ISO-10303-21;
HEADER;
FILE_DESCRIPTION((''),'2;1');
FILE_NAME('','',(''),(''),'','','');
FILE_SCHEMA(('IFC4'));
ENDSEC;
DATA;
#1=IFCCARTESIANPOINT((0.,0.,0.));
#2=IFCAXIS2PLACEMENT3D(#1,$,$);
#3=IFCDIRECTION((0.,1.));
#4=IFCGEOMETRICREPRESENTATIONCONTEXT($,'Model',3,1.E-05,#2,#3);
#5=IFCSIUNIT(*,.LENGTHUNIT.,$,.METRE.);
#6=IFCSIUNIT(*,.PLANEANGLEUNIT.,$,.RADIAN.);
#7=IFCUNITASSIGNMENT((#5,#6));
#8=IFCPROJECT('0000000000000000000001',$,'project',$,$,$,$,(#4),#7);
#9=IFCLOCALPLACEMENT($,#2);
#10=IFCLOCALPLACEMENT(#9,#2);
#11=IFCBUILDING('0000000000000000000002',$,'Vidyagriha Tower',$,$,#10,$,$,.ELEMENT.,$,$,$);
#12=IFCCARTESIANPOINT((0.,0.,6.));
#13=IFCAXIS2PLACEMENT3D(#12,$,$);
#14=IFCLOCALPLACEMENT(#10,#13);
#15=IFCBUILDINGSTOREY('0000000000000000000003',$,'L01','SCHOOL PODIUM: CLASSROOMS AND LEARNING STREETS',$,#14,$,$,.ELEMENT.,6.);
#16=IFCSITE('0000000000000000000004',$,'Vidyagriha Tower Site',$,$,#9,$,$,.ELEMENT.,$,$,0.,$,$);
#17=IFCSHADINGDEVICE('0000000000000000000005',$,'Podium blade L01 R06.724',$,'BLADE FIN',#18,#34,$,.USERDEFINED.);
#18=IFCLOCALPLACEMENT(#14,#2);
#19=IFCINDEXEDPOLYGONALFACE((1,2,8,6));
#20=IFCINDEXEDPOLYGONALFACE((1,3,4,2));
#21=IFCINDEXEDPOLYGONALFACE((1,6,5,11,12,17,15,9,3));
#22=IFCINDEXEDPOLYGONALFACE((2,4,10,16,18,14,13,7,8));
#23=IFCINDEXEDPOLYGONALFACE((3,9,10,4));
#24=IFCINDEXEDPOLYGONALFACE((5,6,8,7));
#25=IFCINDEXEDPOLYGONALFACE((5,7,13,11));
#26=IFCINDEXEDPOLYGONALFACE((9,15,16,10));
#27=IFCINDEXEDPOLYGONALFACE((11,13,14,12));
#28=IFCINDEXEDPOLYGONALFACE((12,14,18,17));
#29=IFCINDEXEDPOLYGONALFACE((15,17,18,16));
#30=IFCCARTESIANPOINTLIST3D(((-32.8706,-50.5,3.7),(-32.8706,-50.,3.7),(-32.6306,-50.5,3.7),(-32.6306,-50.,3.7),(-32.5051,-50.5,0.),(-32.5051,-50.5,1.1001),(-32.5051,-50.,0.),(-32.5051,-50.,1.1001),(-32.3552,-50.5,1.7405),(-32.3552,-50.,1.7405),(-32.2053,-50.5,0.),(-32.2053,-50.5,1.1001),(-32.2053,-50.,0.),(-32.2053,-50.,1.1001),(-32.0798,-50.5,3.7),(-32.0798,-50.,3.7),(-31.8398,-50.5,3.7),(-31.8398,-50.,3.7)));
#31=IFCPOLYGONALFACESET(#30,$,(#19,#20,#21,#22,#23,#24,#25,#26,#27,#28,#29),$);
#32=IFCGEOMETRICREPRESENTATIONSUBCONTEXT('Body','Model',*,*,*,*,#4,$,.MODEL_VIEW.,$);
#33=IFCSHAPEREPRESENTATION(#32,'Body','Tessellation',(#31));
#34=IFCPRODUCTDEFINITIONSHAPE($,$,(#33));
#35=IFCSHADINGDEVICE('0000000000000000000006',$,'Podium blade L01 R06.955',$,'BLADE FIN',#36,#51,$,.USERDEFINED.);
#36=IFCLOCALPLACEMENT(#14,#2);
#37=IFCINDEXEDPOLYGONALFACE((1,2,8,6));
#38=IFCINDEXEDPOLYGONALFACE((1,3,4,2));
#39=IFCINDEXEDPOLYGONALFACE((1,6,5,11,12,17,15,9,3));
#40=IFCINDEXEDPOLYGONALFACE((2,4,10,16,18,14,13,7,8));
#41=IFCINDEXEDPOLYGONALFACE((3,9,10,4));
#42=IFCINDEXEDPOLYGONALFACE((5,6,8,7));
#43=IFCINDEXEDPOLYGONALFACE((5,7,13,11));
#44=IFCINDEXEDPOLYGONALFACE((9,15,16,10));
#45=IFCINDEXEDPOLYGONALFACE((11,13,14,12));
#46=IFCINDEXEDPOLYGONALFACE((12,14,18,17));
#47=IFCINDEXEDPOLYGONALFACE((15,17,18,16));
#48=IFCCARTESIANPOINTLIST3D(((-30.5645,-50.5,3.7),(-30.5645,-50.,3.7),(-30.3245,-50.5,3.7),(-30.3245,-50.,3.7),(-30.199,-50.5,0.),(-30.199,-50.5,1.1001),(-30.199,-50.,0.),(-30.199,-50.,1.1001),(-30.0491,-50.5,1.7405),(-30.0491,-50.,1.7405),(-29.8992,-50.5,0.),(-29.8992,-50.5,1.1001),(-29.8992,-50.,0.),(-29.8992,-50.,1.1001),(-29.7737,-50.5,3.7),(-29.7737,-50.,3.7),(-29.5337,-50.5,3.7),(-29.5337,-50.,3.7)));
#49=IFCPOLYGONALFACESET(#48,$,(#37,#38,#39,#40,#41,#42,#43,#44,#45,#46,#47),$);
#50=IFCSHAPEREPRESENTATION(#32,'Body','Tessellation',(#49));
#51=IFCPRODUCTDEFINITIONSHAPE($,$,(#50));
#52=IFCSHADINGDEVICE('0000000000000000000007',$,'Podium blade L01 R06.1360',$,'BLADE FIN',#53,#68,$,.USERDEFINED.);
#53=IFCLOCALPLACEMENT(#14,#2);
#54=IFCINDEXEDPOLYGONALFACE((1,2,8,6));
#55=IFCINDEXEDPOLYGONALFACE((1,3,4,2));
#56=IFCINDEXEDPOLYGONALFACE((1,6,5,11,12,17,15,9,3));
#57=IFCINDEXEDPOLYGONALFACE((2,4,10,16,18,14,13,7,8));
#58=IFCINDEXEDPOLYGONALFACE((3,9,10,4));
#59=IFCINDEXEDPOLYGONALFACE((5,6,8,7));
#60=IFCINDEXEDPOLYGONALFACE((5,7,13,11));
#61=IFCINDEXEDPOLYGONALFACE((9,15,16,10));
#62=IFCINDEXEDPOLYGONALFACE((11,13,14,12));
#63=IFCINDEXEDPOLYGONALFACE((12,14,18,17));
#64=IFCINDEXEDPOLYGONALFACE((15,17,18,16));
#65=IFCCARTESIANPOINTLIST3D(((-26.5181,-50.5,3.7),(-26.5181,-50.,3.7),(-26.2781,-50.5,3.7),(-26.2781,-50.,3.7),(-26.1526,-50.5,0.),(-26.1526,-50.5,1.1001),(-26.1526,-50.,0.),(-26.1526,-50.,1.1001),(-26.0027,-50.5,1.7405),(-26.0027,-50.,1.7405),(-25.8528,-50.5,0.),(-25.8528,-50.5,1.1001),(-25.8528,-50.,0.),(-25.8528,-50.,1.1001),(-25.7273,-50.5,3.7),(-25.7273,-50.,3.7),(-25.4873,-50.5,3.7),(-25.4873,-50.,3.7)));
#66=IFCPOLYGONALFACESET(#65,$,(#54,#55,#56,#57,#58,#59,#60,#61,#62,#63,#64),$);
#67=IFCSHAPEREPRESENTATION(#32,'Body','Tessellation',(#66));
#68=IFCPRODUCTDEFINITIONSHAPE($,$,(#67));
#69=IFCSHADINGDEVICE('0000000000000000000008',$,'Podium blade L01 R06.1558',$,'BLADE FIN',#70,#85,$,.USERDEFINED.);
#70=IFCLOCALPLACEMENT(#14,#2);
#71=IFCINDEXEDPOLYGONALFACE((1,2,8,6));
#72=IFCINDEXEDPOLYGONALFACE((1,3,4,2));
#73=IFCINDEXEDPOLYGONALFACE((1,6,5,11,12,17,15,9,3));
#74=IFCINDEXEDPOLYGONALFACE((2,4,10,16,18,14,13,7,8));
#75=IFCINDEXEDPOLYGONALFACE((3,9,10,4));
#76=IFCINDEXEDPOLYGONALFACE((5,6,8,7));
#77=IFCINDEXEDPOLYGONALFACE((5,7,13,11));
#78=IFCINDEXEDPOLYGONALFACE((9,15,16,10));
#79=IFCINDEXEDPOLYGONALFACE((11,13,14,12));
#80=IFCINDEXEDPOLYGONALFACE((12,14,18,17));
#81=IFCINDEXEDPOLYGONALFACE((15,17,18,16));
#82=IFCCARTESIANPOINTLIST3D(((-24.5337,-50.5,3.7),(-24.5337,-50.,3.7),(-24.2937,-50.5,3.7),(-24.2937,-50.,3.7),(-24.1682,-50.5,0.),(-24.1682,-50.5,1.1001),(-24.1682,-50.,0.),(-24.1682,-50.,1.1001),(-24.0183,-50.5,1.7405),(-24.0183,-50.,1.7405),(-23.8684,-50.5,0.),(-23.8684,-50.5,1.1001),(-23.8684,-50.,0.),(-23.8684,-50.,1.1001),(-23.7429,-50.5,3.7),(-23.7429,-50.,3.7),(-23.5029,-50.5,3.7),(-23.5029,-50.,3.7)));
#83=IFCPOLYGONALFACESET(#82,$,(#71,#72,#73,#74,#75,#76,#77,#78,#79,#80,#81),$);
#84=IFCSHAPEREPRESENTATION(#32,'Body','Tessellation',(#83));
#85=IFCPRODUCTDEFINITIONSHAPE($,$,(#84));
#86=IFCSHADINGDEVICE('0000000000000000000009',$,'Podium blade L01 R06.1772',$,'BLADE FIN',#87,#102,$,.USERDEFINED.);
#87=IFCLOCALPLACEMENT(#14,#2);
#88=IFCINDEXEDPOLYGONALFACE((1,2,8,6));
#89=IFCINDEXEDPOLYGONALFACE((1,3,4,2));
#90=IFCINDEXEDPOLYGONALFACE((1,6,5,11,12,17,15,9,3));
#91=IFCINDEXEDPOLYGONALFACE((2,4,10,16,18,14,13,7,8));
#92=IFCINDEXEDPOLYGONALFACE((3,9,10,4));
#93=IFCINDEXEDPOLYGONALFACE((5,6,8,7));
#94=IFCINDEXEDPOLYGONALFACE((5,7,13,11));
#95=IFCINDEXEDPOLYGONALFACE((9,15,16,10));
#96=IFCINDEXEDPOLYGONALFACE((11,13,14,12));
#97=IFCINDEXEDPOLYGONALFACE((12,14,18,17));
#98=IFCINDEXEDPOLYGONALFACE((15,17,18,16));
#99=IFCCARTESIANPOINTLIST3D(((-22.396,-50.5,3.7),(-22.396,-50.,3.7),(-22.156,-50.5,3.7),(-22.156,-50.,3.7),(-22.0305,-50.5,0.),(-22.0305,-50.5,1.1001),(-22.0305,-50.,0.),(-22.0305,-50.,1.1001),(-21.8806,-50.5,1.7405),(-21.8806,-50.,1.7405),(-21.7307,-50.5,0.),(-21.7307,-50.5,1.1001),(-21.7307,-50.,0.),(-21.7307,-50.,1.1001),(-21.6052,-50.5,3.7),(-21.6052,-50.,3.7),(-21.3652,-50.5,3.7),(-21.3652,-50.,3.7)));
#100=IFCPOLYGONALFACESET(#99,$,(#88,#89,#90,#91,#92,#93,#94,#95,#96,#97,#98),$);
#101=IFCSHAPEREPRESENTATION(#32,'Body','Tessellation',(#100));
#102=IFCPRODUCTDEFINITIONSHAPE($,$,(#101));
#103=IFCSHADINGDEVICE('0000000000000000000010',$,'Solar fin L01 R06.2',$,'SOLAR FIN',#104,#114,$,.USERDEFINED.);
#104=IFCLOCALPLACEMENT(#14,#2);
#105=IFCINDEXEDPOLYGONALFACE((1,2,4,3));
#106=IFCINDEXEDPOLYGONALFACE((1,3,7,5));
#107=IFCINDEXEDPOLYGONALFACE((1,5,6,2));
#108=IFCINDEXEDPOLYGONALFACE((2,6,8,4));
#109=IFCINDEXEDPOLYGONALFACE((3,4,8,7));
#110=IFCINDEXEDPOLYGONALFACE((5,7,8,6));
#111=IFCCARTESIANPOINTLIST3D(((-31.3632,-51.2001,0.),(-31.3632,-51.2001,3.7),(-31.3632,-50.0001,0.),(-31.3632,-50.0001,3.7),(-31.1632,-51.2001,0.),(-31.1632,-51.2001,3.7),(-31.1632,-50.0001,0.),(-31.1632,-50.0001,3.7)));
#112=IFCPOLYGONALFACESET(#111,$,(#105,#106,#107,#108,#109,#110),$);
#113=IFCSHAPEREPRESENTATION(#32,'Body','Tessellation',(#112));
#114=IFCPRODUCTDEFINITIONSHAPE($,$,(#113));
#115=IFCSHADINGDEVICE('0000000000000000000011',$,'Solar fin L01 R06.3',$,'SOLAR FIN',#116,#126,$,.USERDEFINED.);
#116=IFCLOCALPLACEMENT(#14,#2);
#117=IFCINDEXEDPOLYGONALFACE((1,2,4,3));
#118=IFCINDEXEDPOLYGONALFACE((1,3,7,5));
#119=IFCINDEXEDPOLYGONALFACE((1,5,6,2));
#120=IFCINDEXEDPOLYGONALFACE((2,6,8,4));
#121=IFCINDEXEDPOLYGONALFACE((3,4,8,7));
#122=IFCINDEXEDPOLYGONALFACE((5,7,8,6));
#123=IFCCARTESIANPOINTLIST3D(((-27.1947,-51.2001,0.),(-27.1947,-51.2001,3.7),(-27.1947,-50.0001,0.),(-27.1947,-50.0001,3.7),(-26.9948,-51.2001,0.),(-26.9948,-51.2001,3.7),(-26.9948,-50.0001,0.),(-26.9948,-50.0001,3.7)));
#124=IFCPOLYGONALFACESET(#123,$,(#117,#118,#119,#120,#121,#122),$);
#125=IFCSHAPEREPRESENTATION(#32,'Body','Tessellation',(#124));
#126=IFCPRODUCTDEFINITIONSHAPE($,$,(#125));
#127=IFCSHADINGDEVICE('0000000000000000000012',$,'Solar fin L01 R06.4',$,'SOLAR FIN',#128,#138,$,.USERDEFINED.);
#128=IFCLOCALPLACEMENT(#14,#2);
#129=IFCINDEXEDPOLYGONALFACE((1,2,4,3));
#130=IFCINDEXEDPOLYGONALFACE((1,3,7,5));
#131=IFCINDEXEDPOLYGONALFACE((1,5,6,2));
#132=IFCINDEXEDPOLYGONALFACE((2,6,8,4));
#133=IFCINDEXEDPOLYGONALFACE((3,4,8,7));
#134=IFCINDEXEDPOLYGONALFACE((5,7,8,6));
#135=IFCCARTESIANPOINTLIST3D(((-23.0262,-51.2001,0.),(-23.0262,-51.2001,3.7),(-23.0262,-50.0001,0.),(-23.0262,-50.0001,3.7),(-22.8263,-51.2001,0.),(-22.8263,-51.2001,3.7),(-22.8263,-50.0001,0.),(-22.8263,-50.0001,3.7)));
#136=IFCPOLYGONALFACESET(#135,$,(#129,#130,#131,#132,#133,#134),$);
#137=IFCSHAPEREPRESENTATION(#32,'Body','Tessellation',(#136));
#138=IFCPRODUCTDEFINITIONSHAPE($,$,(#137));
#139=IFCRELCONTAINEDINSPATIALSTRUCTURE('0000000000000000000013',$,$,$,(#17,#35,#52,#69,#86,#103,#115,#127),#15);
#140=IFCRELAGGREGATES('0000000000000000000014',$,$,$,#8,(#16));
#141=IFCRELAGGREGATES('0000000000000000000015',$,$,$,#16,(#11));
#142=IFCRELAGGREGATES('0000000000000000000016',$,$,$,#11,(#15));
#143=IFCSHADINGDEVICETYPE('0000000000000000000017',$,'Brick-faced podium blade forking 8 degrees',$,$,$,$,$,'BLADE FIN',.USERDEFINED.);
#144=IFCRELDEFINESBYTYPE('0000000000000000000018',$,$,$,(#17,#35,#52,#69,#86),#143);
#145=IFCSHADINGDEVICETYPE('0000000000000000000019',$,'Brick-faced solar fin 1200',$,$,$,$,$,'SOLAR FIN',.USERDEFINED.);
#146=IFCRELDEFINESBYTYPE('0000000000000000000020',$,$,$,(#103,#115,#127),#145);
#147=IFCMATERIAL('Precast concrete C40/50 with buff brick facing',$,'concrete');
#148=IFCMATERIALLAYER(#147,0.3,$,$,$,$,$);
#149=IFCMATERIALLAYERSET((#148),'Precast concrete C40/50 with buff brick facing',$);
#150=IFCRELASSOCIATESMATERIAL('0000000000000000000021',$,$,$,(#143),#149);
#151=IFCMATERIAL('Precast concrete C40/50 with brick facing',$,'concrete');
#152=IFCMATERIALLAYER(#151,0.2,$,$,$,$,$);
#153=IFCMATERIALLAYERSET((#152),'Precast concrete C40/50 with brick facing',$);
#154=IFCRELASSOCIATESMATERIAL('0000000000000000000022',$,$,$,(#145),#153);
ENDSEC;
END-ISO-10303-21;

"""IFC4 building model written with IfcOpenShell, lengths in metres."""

from ifc_helpers import new_model, si_unit, direction, frame, frame_2d, origin, place, context, subcontext, project, spatial, polyline, rectangle, outline, extrude, material, layer, layer_set, type_object, element, save


model = new_model("IFC4")

# Units and contexts
model_context = context("Model", 3, precision=1e-05, world=origin(), true_north=direction((0.0, 1.0)))
body_context = subcontext(model_context, "Body", "Model", "MODEL_VIEW")
ifc_project = project(units=[si_unit("LENGTHUNIT", "METRE"), si_unit("PLANEANGLEUNIT", "RADIAN")], contexts=[model_context])

# Site, building, storey
site_placement = place(None, origin())
site = spatial("IfcSite", under=ifc_project, at=site_placement, Name="Vidyagriha Tower Site", CompositionType="ELEMENT", RefElevation=0.0)
building_placement = place(site_placement, origin())
building = spatial("IfcBuilding", under=site, at=building_placement, Name="Vidyagriha Tower", CompositionType="ELEMENT")
storey_placement = place(building_placement, frame((0.0, 0.0, 6.0)))
storey = spatial("IfcBuildingStorey", under=building, at=storey_placement, Name="L01", Description="SCHOOL PODIUM: CLASSROOMS AND LEARNING STREETS", CompositionType="ELEMENT", Elevation=6.0)

# Shading devices
ifc_material_1 = material(Name="Precast concrete C40/50 with buff brick facing", Category="concrete")
ifc_layer_1 = layer(ifc_material_1, 0.3)
ifc_layer_set_1 = layer_set([ifc_layer_1], Name="Precast concrete C40/50 with buff brick facing")
shading_device_type_1 = type_object("IfcShadingDeviceType", Name="Brick-faced podium blade forking 8 degrees", ElementType="BLADE FIN", PredefinedType="USERDEFINED", material=ifc_layer_set_1)
for number, where, name in (
    (1, (-32.8706, -50.25, 0.0), "Podium blade L01 R06.724"),
    (2, (-30.5645, -50.25, 0.0), "Podium blade L01 R06.955"),
    (3, (-26.5181, -50.25, 0.0), "Podium blade L01 R06.1360"),
    (4, (-24.5337, -50.25, 0.0), "Podium blade L01 R06.1558"),
    (5, (-22.396, -50.25, 0.0), "Podium blade L01 R06.1772"),
):
    element("IfcShadingDevice", number, at=place(storey_placement, frame(where)), inside=storey, type_object=shading_device_type_1, Name=name, ObjectType="BLADE FIN", PredefinedType="USERDEFINED", context=body_context, shape_type="SweptSolid", body=[
        extrude(outline(polyline([(0.6653, 0.0), (0.6653, 1.1001), (1.0308, 3.7), (0.7908, 3.7), (0.5154, 1.7405), (0.24, 3.7), (0.0, 3.7), (0.3655, 1.1001), (0.3655, 0.0), (0.6653, 0.0)])), frame((0.0, 0.25, 0.0), z_axis=(0.0, -1.0, 0.0), x_axis=(1.0, 0.0, 0.0)), (0.0, 0.0, 1.0), 0.5),
    ])
ifc_material_2 = material(Name="Precast concrete C40/50 with brick facing", Category="concrete")
ifc_layer_2 = layer(ifc_material_2, 0.2)
ifc_layer_set_2 = layer_set([ifc_layer_2], Name="Precast concrete C40/50 with brick facing")
shading_device_type_2 = type_object("IfcShadingDeviceType", Name="Brick-faced solar fin 1200", ElementType="SOLAR FIN", PredefinedType="USERDEFINED", material=ifc_layer_set_2)
for number, where, z_axis, x_axis, name in (
    (6, (-31.2632, -50.0, 0.0), (0.0, 0.0, 1.0), (0.0, -1.0, 0.0), "Solar fin L01 R06.2"),
    (7, (-27.0947, -50.0, 0.0), (0.0, 0.0, 1.0), (0.0, -1.0, 0.0), "Solar fin L01 R06.3"),
    (8, (-22.9263, -50.0, 0.0), (0.0, 0.0, 1.0), (0.0, -1.0, 0.0), "Solar fin L01 R06.4"),
):
    element("IfcShadingDevice", number, at=place(storey_placement, frame(where, z_axis=z_axis, x_axis=x_axis)), inside=storey, type_object=shading_device_type_2, Name=name, ObjectType="SOLAR FIN", PredefinedType="USERDEFINED", context=body_context, shape_type="SweptSolid", body=[
        extrude(rectangle(XDim=1.2, YDim=0.2, at=frame_2d((0.6001, 0.0))), origin(), (0.0, 0.0, 1.0), 3.7),
    ])

save(model, "model.ifc")
